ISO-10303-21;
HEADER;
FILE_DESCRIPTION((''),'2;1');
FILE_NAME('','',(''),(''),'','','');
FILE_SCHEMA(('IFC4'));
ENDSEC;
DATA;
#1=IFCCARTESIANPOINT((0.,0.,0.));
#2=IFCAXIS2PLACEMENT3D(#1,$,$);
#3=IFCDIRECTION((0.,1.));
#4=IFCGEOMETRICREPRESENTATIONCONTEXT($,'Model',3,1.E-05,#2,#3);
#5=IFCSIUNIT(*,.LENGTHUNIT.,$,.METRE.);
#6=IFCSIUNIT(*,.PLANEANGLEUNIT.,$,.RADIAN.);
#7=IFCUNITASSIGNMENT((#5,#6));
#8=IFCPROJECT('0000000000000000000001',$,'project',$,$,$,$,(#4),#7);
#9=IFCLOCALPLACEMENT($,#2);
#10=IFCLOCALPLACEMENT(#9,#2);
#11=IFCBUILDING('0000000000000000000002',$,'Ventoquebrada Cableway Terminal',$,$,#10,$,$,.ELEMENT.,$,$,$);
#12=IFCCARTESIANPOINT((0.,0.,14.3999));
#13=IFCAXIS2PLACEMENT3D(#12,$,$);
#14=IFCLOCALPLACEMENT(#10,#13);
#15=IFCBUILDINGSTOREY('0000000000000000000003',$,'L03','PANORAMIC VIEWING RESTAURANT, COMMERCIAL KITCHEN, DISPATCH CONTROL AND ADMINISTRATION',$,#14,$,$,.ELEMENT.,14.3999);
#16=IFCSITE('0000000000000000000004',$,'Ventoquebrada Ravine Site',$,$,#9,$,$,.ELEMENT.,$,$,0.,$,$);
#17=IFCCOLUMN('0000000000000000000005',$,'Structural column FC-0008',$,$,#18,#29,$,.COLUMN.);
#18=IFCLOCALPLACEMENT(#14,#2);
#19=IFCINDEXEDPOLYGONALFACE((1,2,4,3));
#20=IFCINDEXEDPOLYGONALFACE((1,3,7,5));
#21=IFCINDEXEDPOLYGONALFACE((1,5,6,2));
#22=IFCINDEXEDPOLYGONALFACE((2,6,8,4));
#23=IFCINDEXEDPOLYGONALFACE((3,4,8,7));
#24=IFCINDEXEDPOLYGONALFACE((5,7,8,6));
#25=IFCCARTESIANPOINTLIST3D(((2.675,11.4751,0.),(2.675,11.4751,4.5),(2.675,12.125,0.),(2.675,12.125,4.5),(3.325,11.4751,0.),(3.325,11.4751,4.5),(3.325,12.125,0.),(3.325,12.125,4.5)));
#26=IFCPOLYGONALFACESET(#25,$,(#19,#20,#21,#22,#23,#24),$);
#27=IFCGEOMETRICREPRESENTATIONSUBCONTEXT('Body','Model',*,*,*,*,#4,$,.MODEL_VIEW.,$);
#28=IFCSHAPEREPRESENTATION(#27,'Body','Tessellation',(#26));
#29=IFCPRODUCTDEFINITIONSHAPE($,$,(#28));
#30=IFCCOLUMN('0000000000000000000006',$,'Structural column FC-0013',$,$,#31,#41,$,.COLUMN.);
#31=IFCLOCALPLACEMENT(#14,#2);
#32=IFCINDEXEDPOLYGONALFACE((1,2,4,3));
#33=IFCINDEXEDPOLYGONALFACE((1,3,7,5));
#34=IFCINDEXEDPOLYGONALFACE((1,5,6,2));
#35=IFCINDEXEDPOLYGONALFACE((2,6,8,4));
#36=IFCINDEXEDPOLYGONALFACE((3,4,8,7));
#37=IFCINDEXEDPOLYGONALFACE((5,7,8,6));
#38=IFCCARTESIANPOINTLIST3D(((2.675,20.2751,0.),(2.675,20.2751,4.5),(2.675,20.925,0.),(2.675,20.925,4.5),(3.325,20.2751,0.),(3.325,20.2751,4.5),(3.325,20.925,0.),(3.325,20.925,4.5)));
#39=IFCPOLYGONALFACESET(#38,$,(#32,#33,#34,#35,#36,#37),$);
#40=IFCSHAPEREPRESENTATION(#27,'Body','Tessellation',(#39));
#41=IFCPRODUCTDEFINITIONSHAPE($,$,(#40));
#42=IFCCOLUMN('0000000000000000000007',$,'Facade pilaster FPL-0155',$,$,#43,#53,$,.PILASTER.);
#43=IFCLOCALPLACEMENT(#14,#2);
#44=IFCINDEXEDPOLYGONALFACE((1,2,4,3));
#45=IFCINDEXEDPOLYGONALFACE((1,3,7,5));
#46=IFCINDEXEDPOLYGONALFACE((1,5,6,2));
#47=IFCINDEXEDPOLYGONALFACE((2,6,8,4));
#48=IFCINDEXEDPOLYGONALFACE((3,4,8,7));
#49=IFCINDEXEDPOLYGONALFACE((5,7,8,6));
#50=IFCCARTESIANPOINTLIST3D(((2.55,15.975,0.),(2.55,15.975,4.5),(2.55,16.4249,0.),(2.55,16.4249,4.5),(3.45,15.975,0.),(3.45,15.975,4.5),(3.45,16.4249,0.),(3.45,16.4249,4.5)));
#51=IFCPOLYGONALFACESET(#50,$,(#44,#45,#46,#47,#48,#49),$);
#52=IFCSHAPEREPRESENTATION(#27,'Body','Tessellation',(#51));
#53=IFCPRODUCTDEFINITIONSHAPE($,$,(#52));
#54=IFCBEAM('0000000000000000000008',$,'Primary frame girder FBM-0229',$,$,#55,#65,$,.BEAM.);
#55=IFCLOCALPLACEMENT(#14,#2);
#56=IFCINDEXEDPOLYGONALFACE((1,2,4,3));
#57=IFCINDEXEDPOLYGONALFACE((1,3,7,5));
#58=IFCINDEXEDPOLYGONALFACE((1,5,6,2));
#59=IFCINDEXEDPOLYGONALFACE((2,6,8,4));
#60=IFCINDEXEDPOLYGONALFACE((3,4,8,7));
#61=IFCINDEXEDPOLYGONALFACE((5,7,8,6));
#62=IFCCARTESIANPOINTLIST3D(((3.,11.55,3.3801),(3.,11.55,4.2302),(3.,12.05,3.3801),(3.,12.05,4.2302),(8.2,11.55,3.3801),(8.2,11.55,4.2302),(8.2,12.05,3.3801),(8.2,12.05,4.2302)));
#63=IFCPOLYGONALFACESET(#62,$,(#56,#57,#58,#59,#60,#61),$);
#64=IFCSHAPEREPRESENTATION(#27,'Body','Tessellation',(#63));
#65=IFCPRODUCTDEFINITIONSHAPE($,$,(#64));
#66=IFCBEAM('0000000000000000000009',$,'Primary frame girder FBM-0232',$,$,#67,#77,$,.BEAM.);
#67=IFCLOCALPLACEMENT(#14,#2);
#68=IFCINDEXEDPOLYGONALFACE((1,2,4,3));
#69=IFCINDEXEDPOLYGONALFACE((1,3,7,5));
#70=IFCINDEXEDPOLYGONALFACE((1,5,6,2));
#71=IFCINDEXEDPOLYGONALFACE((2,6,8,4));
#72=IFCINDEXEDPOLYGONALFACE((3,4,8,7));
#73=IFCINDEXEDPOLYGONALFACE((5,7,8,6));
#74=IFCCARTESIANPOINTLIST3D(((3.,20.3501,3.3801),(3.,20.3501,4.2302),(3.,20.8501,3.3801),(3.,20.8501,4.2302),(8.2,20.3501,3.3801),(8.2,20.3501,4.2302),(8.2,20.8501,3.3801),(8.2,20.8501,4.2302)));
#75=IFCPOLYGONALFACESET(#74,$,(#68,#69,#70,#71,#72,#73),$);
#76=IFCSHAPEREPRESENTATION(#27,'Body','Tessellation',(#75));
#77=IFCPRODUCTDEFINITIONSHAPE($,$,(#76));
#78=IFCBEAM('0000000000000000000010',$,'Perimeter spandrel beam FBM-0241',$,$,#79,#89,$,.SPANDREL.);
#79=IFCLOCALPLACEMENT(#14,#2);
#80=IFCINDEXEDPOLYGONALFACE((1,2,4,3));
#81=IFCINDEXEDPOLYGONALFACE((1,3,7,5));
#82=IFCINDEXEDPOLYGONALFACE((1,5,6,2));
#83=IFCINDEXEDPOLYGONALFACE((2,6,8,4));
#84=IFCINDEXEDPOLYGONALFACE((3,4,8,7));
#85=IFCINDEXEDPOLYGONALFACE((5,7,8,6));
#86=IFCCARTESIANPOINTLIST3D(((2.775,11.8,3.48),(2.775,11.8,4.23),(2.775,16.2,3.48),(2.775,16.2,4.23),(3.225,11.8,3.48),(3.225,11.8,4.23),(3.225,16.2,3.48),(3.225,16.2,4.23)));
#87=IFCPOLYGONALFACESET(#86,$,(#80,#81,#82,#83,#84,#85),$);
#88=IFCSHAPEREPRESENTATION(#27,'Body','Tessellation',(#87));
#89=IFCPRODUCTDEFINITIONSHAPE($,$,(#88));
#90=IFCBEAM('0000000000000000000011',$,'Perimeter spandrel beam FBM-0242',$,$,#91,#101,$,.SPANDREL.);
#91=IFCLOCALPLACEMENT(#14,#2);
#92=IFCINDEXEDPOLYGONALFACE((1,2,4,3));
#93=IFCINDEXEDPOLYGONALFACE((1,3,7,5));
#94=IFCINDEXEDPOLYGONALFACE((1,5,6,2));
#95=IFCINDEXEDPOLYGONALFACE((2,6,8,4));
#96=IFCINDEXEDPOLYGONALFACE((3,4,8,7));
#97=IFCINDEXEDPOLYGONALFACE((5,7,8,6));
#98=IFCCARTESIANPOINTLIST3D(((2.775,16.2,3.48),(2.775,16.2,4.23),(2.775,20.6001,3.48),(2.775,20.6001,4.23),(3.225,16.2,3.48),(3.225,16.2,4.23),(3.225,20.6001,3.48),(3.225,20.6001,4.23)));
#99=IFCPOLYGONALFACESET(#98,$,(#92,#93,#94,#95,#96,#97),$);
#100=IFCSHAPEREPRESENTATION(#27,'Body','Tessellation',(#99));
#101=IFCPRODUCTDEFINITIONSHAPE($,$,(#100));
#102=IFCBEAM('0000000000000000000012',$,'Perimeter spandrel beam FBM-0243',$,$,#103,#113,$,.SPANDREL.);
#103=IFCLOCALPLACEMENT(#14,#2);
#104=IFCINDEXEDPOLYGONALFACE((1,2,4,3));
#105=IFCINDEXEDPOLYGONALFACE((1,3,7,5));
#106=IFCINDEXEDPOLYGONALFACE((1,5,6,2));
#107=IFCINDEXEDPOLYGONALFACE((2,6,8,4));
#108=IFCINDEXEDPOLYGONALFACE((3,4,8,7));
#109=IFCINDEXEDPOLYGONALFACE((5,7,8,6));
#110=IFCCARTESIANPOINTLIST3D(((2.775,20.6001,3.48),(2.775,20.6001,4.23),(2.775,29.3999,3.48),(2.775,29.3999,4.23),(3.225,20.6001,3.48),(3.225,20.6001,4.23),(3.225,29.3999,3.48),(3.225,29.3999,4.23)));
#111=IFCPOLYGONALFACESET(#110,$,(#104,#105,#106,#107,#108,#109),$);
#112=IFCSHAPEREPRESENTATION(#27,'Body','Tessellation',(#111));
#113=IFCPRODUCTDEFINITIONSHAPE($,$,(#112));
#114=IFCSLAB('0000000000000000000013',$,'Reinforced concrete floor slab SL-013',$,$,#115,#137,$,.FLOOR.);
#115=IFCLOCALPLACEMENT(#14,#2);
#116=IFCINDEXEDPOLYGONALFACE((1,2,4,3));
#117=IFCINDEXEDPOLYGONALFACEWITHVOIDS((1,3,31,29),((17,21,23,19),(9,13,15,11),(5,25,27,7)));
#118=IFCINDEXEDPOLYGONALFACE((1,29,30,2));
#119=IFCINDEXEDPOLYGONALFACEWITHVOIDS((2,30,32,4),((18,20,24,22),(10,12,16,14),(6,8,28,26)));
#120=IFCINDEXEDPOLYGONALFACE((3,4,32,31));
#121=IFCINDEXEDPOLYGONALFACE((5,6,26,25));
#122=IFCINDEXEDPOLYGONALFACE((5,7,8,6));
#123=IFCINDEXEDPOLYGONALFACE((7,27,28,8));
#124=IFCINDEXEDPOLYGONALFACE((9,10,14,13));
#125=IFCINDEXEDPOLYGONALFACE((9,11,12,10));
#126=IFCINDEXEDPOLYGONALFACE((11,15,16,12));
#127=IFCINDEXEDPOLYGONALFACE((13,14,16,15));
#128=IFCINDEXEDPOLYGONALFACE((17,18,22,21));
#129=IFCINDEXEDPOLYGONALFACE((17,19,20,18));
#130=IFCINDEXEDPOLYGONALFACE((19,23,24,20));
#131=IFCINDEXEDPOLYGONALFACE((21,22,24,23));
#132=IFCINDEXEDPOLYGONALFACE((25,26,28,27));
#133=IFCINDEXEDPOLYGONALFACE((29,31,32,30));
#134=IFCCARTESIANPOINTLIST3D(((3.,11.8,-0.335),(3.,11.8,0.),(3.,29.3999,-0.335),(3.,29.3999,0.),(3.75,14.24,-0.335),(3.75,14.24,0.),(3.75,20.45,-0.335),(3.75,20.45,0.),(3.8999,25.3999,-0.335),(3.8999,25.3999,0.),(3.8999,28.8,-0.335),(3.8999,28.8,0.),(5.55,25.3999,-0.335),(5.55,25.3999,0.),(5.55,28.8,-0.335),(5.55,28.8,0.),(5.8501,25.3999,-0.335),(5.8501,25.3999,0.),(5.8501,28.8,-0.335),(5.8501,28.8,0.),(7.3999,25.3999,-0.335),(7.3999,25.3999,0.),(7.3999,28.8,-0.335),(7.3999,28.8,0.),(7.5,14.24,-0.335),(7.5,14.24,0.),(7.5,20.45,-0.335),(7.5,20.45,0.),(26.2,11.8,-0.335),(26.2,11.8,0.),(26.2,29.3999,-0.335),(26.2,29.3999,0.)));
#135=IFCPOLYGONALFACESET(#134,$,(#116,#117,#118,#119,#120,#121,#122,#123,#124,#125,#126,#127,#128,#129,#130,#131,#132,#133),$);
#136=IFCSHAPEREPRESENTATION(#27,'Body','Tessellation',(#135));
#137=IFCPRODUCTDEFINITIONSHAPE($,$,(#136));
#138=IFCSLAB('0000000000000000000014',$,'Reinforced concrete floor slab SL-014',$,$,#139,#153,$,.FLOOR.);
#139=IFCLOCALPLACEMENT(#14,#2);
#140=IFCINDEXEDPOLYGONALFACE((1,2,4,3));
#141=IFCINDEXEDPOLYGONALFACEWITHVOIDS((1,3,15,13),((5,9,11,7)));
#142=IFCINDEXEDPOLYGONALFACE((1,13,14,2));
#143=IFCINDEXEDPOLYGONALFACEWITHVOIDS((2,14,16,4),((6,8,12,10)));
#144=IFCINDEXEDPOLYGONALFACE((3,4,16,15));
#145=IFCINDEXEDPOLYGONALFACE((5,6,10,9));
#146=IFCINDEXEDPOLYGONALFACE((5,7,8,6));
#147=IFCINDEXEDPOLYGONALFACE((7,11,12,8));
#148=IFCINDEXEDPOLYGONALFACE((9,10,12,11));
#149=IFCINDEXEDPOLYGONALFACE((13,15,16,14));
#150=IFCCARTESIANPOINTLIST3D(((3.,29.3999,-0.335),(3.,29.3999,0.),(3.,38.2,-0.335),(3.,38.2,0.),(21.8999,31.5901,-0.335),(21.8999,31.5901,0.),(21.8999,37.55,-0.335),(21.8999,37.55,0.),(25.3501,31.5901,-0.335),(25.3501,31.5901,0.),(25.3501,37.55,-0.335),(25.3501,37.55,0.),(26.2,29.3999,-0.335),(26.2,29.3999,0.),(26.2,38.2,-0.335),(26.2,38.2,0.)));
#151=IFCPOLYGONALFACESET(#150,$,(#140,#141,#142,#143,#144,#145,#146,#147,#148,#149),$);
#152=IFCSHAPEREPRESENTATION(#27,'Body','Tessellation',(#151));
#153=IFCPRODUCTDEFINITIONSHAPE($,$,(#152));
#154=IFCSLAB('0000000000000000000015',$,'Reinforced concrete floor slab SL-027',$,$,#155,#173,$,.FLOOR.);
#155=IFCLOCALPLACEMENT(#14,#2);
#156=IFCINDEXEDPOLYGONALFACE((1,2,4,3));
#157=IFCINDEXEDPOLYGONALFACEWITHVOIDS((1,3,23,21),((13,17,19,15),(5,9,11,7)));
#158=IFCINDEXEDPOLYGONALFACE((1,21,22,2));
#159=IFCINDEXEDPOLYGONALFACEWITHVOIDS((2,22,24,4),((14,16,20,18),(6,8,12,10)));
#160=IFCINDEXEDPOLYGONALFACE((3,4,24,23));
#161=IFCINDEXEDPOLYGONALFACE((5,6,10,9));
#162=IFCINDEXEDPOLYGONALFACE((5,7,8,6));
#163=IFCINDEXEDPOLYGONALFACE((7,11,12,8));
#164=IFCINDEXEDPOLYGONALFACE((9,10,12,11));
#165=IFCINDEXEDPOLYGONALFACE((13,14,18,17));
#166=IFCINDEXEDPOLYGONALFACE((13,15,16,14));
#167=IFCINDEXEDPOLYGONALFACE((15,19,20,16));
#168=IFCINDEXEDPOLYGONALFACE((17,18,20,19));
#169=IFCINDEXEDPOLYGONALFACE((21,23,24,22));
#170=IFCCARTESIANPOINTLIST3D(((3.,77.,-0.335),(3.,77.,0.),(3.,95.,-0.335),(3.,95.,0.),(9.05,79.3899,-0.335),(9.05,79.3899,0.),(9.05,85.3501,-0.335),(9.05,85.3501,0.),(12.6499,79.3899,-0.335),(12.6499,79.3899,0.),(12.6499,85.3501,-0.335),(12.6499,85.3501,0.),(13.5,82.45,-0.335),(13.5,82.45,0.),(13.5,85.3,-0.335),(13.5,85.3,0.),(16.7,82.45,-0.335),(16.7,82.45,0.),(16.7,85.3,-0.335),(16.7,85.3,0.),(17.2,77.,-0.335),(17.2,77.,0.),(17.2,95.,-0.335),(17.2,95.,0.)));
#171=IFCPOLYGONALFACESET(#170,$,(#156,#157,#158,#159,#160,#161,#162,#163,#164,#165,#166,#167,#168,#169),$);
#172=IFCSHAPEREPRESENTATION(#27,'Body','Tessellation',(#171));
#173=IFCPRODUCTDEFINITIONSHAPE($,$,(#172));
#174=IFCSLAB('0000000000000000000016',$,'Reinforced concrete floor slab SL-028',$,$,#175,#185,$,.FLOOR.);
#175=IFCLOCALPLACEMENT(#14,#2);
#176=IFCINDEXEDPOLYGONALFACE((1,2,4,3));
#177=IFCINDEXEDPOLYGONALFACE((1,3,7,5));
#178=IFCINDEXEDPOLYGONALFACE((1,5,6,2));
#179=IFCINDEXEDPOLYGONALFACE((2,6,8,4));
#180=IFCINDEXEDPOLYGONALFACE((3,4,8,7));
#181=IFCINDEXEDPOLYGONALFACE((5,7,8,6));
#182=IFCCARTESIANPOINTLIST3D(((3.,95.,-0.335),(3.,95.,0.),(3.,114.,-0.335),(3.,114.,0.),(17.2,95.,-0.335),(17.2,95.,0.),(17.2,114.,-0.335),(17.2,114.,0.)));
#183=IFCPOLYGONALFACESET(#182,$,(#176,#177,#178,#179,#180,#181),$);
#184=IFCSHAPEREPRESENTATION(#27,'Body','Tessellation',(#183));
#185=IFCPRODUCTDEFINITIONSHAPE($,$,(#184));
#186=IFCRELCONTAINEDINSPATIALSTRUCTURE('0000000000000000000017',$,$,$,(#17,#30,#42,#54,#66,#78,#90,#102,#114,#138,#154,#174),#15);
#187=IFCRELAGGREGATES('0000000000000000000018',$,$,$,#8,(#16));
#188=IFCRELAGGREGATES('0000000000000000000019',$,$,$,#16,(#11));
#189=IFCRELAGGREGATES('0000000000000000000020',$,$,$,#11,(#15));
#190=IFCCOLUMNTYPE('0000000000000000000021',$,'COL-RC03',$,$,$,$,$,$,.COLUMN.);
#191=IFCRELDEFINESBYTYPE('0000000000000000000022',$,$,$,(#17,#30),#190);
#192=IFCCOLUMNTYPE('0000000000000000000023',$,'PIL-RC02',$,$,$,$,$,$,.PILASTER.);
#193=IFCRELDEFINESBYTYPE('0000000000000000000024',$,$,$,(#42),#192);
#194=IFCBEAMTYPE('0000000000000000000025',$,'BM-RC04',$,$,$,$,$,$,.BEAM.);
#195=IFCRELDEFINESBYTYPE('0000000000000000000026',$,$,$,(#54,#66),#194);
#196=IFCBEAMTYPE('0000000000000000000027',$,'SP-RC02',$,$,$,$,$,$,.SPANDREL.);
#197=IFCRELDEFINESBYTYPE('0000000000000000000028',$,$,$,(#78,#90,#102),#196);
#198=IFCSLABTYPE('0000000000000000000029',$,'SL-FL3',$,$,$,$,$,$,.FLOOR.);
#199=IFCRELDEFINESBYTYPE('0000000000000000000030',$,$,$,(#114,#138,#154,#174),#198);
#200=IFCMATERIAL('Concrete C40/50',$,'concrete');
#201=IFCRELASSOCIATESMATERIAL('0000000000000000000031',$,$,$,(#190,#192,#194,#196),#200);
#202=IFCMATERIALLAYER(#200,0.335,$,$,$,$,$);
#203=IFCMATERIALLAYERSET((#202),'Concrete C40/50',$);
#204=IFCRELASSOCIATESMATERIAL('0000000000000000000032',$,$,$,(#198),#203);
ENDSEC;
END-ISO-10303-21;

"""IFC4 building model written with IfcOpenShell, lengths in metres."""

from ifc_helpers import new_model, si_unit, direction, frame, origin, origin_2d, place, context, subcontext, project, spatial, polyline, rectangle, outline, extrude, material, layer, layer_set, material_profile, profile_set, type_object, element, save


model = new_model("IFC4")

# Units and contexts
model_context = context("Model", 3, precision=1e-05, world=origin(), true_north=direction((0.0, 1.0)))
body_context = subcontext(model_context, "Body", "Model", "MODEL_VIEW")
ifc_project = project(units=[si_unit("LENGTHUNIT", "METRE"), si_unit("PLANEANGLEUNIT", "RADIAN")], contexts=[model_context])

# Site, building, storey
site_placement = place(None, origin())
site = spatial("IfcSite", under=ifc_project, at=site_placement, Name="Ventoquebrada Ravine Site", CompositionType="ELEMENT", RefElevation=0.0)
building_placement = place(site_placement, origin())
building = spatial("IfcBuilding", under=site, at=building_placement, Name="Ventoquebrada Cableway Terminal", CompositionType="ELEMENT")
storey_placement = place(building_placement, frame((0.0, 0.0, 14.3999)))
storey = spatial("IfcBuildingStorey", under=building, at=storey_placement, Name="L03", Description="PANORAMIC VIEWING RESTAURANT, COMMERCIAL KITCHEN, DISPATCH CONTROL AND ADMINISTRATION", CompositionType="ELEMENT", Elevation=14.3999)

# Columns
ifc_material_1 = material(Name="Concrete C40/50", Category="concrete")
ifc_material_profile_1 = material_profile(ifc_material_1, rectangle(XDim=0.6499, YDim=0.6499, at=origin_2d()), Name="RC-COL-650X650")
ifc_profile_set_1 = profile_set([ifc_material_profile_1], Name="Concrete C40/50")
column_type_1 = type_object("IfcColumnType", Name="COL-RC03", PredefinedType="COLUMN", material=ifc_profile_set_1)
for number, where, z_axis, x_axis, name in (
    (1, (3.0, 11.8, 0.0), (0.0, 0.0, 1.0), (1.0, 0.0, 0.0), "Structural column FC-0008"),
    (2, (3.0, 20.6001, 0.0), (0.0, 0.0, 1.0), (1.0, 0.0, 0.0), "Structural column FC-0013"),
):
    element("IfcColumn", number, at=place(storey_placement, frame(where, z_axis=z_axis, x_axis=x_axis)), inside=storey, type_object=column_type_1, Name=name, PredefinedType="COLUMN", context=body_context, shape_type="SweptSolid", body=[
        extrude(rectangle(XDim=0.6499, YDim=0.6499, at=origin_2d()), origin(), (0.0, 0.0, 1.0), 4.5),
    ])
ifc_material_profile_2 = material_profile(ifc_material_1, rectangle(XDim=0.45, YDim=0.8999, at=origin_2d()), Name="RC-PIL-450X900")
ifc_profile_set_2 = profile_set([ifc_material_profile_2], Name="Concrete C40/50")
column_type_2 = type_object("IfcColumnType", Name="PIL-RC02", PredefinedType="PILASTER", material=ifc_profile_set_2)
column_placement = place(storey_placement, frame((3.0, 16.2, 0.0), z_axis=(0.0, 0.0, 1.0), x_axis=(0.0, 1.0, 0.0)))
element("IfcColumn", 3, at=column_placement, inside=storey, type_object=column_type_2, Name="Facade pilaster FPL-0155", PredefinedType="PILASTER", context=body_context, shape_type="SweptSolid", body=[
    extrude(rectangle(XDim=0.45, YDim=0.8999, at=origin_2d()), origin(), (0.0, 0.0, 1.0), 4.5),
])

# Beams
ifc_material_profile_3 = material_profile(ifc_material_1, rectangle(XDim=0.5, YDim=0.8501, at=origin_2d()), Name="RC-BM-500X850")
ifc_profile_set_3 = profile_set([ifc_material_profile_3], Name="Concrete C40/50")
beam_type_1 = type_object("IfcBeamType", Name="BM-RC04", PredefinedType="BEAM", material=ifc_profile_set_3)
for number, where, z_axis, x_axis, name in (
    (4, (3.0, 11.8, 3.8052), (1.0, 0.0, 0.0), (0.0, 1.0, 0.0), "Primary frame girder FBM-0229"),
    (5, (3.0, 20.6001, 3.8052), (1.0, 0.0, 0.0), (0.0, 1.0, 0.0), "Primary frame girder FBM-0232"),
):
    element("IfcBeam", number, at=place(storey_placement, frame(where, z_axis=z_axis, x_axis=x_axis)), inside=storey, type_object=beam_type_1, Name=name, PredefinedType="BEAM", context=body_context, shape_type="SweptSolid", body=[
        extrude(rectangle(XDim=0.5, YDim=0.8501, at=origin_2d()), origin(), (0.0, 0.0, 1.0), 5.2),
    ])
ifc_material_profile_4 = material_profile(ifc_material_1, rectangle(XDim=0.45, YDim=0.75, at=origin_2d()), Name="RC-BM-450X750")
ifc_profile_set_4 = profile_set([ifc_material_profile_4], Name="Concrete C40/50")
beam_type_2 = type_object("IfcBeamType", Name="SP-RC02", PredefinedType="SPANDREL", material=ifc_profile_set_4)
beam_1_placement = place(storey_placement, frame((3.0, 11.8, 3.855), z_axis=(0.0, 1.0, 0.0), x_axis=(-1.0, 0.0, 0.0)))
element("IfcBeam", 6, at=beam_1_placement, inside=storey, type_object=beam_type_2, Name="Perimeter spandrel beam FBM-0241", PredefinedType="SPANDREL", context=body_context, shape_type="SweptSolid", body=[
    extrude(rectangle(XDim=0.45, YDim=0.75, at=origin_2d()), origin(), (0.0, 0.0, 1.0), 4.3999),
])
beam_2_placement = place(storey_placement, frame((3.0, 16.2, 3.855), z_axis=(0.0, 1.0, 0.0), x_axis=(-1.0, 0.0, 0.0)))
element("IfcBeam", 7, at=beam_2_placement, inside=storey, type_object=beam_type_2, Name="Perimeter spandrel beam FBM-0242", PredefinedType="SPANDREL", context=body_context, shape_type="SweptSolid", body=[
    extrude(rectangle(XDim=0.45, YDim=0.75, at=origin_2d()), origin(), (0.0, 0.0, 1.0), 4.4001),
])
beam_3_placement = place(storey_placement, frame((3.0, 20.6001, 3.855), z_axis=(0.0, 1.0, 0.0), x_axis=(-1.0, 0.0, 0.0)))
element("IfcBeam", 8, at=beam_3_placement, inside=storey, type_object=beam_type_2, Name="Perimeter spandrel beam FBM-0243", PredefinedType="SPANDREL", context=body_context, shape_type="SweptSolid", body=[
    extrude(rectangle(XDim=0.45, YDim=0.75, at=origin_2d()), origin(), (0.0, 0.0, 1.0), 8.7998),
])

# Slabs
ifc_layer_1 = layer(ifc_material_1, 0.335)
ifc_layer_set_1 = layer_set([ifc_layer_1], Name="Concrete C40/50")
slab_type_1 = type_object("IfcSlabType", Name="SL-FL3", PredefinedType="FLOOR", material=ifc_layer_set_1)
slab_1_placement = place(storey_placement, frame((0.0, 0.0, -0.335)))
element("IfcSlab", 9, at=slab_1_placement, inside=storey, type_object=slab_type_1, Name="Reinforced concrete floor slab SL-013", PredefinedType="FLOOR", context=body_context, shape_type="SweptSolid", body=[
    extrude(outline(polyline([(3.0, 29.3999), (3.0, 11.8), (26.2, 11.8), (26.2, 29.3999), (3.0, 29.3999)]), holes=[polyline([(3.75, 20.45), (7.5, 20.45), (7.5, 14.24), (3.75, 14.24), (3.75, 20.45)]), polyline([(5.55, 28.8), (5.55, 25.3999), (3.8999, 25.3999), (3.8999, 28.8), (5.55, 28.8)]), polyline([(7.3999, 25.3999), (5.8501, 25.3999), (5.8501, 28.8), (7.3999, 28.8), (7.3999, 25.3999)])]), origin(), (0.0, 0.0, 1.0), 0.335),
])
slab_2_placement = place(storey_placement, frame((0.0, 0.0, -0.335)))
element("IfcSlab", 10, at=slab_2_placement, inside=storey, type_object=slab_type_1, Name="Reinforced concrete floor slab SL-014", PredefinedType="FLOOR", context=body_context, shape_type="SweptSolid", body=[
    extrude(outline(polyline([(26.2, 29.3999), (26.2, 38.2), (3.0, 38.2), (3.0, 29.3999), (26.2, 29.3999)]), holes=[polyline([(25.3501, 31.5901), (21.8999, 31.5901), (21.8999, 37.55), (25.3501, 37.55), (25.3501, 31.5901)])]), origin(), (0.0, 0.0, 1.0), 0.335),
])
slab_3_placement = place(storey_placement, frame((0.0, 0.0, -0.335)))
element("IfcSlab", 11, at=slab_3_placement, inside=storey, type_object=slab_type_1, Name="Reinforced concrete floor slab SL-027", PredefinedType="FLOOR", context=body_context, shape_type="SweptSolid", body=[
    extrude(outline(polyline([(3.0, 77.0), (17.2, 77.0), (17.2, 95.0), (3.0, 95.0), (3.0, 77.0)]), holes=[polyline([(12.6499, 85.3501), (12.6499, 79.3899), (9.05, 79.3899), (9.05, 85.3501), (12.6499, 85.3501)]), polyline([(16.7, 82.45), (13.5, 82.45), (13.5, 85.3), (16.7, 85.3), (16.7, 82.45)])]), origin(), (0.0, 0.0, 1.0), 0.335),
])
slab_4_placement = place(storey_placement, frame((0.0, 0.0, -0.335)))
element("IfcSlab", 12, at=slab_4_placement, inside=storey, type_object=slab_type_1, Name="Reinforced concrete floor slab SL-028", PredefinedType="FLOOR", context=body_context, shape_type="SweptSolid", body=[
    extrude(outline(polyline([(17.2, 95.0), (17.2, 114.0), (3.0, 114.0), (3.0, 95.0), (17.2, 95.0)])), origin(), (0.0, 0.0, 1.0), 0.335),
])

save(model, "model.ifc")
